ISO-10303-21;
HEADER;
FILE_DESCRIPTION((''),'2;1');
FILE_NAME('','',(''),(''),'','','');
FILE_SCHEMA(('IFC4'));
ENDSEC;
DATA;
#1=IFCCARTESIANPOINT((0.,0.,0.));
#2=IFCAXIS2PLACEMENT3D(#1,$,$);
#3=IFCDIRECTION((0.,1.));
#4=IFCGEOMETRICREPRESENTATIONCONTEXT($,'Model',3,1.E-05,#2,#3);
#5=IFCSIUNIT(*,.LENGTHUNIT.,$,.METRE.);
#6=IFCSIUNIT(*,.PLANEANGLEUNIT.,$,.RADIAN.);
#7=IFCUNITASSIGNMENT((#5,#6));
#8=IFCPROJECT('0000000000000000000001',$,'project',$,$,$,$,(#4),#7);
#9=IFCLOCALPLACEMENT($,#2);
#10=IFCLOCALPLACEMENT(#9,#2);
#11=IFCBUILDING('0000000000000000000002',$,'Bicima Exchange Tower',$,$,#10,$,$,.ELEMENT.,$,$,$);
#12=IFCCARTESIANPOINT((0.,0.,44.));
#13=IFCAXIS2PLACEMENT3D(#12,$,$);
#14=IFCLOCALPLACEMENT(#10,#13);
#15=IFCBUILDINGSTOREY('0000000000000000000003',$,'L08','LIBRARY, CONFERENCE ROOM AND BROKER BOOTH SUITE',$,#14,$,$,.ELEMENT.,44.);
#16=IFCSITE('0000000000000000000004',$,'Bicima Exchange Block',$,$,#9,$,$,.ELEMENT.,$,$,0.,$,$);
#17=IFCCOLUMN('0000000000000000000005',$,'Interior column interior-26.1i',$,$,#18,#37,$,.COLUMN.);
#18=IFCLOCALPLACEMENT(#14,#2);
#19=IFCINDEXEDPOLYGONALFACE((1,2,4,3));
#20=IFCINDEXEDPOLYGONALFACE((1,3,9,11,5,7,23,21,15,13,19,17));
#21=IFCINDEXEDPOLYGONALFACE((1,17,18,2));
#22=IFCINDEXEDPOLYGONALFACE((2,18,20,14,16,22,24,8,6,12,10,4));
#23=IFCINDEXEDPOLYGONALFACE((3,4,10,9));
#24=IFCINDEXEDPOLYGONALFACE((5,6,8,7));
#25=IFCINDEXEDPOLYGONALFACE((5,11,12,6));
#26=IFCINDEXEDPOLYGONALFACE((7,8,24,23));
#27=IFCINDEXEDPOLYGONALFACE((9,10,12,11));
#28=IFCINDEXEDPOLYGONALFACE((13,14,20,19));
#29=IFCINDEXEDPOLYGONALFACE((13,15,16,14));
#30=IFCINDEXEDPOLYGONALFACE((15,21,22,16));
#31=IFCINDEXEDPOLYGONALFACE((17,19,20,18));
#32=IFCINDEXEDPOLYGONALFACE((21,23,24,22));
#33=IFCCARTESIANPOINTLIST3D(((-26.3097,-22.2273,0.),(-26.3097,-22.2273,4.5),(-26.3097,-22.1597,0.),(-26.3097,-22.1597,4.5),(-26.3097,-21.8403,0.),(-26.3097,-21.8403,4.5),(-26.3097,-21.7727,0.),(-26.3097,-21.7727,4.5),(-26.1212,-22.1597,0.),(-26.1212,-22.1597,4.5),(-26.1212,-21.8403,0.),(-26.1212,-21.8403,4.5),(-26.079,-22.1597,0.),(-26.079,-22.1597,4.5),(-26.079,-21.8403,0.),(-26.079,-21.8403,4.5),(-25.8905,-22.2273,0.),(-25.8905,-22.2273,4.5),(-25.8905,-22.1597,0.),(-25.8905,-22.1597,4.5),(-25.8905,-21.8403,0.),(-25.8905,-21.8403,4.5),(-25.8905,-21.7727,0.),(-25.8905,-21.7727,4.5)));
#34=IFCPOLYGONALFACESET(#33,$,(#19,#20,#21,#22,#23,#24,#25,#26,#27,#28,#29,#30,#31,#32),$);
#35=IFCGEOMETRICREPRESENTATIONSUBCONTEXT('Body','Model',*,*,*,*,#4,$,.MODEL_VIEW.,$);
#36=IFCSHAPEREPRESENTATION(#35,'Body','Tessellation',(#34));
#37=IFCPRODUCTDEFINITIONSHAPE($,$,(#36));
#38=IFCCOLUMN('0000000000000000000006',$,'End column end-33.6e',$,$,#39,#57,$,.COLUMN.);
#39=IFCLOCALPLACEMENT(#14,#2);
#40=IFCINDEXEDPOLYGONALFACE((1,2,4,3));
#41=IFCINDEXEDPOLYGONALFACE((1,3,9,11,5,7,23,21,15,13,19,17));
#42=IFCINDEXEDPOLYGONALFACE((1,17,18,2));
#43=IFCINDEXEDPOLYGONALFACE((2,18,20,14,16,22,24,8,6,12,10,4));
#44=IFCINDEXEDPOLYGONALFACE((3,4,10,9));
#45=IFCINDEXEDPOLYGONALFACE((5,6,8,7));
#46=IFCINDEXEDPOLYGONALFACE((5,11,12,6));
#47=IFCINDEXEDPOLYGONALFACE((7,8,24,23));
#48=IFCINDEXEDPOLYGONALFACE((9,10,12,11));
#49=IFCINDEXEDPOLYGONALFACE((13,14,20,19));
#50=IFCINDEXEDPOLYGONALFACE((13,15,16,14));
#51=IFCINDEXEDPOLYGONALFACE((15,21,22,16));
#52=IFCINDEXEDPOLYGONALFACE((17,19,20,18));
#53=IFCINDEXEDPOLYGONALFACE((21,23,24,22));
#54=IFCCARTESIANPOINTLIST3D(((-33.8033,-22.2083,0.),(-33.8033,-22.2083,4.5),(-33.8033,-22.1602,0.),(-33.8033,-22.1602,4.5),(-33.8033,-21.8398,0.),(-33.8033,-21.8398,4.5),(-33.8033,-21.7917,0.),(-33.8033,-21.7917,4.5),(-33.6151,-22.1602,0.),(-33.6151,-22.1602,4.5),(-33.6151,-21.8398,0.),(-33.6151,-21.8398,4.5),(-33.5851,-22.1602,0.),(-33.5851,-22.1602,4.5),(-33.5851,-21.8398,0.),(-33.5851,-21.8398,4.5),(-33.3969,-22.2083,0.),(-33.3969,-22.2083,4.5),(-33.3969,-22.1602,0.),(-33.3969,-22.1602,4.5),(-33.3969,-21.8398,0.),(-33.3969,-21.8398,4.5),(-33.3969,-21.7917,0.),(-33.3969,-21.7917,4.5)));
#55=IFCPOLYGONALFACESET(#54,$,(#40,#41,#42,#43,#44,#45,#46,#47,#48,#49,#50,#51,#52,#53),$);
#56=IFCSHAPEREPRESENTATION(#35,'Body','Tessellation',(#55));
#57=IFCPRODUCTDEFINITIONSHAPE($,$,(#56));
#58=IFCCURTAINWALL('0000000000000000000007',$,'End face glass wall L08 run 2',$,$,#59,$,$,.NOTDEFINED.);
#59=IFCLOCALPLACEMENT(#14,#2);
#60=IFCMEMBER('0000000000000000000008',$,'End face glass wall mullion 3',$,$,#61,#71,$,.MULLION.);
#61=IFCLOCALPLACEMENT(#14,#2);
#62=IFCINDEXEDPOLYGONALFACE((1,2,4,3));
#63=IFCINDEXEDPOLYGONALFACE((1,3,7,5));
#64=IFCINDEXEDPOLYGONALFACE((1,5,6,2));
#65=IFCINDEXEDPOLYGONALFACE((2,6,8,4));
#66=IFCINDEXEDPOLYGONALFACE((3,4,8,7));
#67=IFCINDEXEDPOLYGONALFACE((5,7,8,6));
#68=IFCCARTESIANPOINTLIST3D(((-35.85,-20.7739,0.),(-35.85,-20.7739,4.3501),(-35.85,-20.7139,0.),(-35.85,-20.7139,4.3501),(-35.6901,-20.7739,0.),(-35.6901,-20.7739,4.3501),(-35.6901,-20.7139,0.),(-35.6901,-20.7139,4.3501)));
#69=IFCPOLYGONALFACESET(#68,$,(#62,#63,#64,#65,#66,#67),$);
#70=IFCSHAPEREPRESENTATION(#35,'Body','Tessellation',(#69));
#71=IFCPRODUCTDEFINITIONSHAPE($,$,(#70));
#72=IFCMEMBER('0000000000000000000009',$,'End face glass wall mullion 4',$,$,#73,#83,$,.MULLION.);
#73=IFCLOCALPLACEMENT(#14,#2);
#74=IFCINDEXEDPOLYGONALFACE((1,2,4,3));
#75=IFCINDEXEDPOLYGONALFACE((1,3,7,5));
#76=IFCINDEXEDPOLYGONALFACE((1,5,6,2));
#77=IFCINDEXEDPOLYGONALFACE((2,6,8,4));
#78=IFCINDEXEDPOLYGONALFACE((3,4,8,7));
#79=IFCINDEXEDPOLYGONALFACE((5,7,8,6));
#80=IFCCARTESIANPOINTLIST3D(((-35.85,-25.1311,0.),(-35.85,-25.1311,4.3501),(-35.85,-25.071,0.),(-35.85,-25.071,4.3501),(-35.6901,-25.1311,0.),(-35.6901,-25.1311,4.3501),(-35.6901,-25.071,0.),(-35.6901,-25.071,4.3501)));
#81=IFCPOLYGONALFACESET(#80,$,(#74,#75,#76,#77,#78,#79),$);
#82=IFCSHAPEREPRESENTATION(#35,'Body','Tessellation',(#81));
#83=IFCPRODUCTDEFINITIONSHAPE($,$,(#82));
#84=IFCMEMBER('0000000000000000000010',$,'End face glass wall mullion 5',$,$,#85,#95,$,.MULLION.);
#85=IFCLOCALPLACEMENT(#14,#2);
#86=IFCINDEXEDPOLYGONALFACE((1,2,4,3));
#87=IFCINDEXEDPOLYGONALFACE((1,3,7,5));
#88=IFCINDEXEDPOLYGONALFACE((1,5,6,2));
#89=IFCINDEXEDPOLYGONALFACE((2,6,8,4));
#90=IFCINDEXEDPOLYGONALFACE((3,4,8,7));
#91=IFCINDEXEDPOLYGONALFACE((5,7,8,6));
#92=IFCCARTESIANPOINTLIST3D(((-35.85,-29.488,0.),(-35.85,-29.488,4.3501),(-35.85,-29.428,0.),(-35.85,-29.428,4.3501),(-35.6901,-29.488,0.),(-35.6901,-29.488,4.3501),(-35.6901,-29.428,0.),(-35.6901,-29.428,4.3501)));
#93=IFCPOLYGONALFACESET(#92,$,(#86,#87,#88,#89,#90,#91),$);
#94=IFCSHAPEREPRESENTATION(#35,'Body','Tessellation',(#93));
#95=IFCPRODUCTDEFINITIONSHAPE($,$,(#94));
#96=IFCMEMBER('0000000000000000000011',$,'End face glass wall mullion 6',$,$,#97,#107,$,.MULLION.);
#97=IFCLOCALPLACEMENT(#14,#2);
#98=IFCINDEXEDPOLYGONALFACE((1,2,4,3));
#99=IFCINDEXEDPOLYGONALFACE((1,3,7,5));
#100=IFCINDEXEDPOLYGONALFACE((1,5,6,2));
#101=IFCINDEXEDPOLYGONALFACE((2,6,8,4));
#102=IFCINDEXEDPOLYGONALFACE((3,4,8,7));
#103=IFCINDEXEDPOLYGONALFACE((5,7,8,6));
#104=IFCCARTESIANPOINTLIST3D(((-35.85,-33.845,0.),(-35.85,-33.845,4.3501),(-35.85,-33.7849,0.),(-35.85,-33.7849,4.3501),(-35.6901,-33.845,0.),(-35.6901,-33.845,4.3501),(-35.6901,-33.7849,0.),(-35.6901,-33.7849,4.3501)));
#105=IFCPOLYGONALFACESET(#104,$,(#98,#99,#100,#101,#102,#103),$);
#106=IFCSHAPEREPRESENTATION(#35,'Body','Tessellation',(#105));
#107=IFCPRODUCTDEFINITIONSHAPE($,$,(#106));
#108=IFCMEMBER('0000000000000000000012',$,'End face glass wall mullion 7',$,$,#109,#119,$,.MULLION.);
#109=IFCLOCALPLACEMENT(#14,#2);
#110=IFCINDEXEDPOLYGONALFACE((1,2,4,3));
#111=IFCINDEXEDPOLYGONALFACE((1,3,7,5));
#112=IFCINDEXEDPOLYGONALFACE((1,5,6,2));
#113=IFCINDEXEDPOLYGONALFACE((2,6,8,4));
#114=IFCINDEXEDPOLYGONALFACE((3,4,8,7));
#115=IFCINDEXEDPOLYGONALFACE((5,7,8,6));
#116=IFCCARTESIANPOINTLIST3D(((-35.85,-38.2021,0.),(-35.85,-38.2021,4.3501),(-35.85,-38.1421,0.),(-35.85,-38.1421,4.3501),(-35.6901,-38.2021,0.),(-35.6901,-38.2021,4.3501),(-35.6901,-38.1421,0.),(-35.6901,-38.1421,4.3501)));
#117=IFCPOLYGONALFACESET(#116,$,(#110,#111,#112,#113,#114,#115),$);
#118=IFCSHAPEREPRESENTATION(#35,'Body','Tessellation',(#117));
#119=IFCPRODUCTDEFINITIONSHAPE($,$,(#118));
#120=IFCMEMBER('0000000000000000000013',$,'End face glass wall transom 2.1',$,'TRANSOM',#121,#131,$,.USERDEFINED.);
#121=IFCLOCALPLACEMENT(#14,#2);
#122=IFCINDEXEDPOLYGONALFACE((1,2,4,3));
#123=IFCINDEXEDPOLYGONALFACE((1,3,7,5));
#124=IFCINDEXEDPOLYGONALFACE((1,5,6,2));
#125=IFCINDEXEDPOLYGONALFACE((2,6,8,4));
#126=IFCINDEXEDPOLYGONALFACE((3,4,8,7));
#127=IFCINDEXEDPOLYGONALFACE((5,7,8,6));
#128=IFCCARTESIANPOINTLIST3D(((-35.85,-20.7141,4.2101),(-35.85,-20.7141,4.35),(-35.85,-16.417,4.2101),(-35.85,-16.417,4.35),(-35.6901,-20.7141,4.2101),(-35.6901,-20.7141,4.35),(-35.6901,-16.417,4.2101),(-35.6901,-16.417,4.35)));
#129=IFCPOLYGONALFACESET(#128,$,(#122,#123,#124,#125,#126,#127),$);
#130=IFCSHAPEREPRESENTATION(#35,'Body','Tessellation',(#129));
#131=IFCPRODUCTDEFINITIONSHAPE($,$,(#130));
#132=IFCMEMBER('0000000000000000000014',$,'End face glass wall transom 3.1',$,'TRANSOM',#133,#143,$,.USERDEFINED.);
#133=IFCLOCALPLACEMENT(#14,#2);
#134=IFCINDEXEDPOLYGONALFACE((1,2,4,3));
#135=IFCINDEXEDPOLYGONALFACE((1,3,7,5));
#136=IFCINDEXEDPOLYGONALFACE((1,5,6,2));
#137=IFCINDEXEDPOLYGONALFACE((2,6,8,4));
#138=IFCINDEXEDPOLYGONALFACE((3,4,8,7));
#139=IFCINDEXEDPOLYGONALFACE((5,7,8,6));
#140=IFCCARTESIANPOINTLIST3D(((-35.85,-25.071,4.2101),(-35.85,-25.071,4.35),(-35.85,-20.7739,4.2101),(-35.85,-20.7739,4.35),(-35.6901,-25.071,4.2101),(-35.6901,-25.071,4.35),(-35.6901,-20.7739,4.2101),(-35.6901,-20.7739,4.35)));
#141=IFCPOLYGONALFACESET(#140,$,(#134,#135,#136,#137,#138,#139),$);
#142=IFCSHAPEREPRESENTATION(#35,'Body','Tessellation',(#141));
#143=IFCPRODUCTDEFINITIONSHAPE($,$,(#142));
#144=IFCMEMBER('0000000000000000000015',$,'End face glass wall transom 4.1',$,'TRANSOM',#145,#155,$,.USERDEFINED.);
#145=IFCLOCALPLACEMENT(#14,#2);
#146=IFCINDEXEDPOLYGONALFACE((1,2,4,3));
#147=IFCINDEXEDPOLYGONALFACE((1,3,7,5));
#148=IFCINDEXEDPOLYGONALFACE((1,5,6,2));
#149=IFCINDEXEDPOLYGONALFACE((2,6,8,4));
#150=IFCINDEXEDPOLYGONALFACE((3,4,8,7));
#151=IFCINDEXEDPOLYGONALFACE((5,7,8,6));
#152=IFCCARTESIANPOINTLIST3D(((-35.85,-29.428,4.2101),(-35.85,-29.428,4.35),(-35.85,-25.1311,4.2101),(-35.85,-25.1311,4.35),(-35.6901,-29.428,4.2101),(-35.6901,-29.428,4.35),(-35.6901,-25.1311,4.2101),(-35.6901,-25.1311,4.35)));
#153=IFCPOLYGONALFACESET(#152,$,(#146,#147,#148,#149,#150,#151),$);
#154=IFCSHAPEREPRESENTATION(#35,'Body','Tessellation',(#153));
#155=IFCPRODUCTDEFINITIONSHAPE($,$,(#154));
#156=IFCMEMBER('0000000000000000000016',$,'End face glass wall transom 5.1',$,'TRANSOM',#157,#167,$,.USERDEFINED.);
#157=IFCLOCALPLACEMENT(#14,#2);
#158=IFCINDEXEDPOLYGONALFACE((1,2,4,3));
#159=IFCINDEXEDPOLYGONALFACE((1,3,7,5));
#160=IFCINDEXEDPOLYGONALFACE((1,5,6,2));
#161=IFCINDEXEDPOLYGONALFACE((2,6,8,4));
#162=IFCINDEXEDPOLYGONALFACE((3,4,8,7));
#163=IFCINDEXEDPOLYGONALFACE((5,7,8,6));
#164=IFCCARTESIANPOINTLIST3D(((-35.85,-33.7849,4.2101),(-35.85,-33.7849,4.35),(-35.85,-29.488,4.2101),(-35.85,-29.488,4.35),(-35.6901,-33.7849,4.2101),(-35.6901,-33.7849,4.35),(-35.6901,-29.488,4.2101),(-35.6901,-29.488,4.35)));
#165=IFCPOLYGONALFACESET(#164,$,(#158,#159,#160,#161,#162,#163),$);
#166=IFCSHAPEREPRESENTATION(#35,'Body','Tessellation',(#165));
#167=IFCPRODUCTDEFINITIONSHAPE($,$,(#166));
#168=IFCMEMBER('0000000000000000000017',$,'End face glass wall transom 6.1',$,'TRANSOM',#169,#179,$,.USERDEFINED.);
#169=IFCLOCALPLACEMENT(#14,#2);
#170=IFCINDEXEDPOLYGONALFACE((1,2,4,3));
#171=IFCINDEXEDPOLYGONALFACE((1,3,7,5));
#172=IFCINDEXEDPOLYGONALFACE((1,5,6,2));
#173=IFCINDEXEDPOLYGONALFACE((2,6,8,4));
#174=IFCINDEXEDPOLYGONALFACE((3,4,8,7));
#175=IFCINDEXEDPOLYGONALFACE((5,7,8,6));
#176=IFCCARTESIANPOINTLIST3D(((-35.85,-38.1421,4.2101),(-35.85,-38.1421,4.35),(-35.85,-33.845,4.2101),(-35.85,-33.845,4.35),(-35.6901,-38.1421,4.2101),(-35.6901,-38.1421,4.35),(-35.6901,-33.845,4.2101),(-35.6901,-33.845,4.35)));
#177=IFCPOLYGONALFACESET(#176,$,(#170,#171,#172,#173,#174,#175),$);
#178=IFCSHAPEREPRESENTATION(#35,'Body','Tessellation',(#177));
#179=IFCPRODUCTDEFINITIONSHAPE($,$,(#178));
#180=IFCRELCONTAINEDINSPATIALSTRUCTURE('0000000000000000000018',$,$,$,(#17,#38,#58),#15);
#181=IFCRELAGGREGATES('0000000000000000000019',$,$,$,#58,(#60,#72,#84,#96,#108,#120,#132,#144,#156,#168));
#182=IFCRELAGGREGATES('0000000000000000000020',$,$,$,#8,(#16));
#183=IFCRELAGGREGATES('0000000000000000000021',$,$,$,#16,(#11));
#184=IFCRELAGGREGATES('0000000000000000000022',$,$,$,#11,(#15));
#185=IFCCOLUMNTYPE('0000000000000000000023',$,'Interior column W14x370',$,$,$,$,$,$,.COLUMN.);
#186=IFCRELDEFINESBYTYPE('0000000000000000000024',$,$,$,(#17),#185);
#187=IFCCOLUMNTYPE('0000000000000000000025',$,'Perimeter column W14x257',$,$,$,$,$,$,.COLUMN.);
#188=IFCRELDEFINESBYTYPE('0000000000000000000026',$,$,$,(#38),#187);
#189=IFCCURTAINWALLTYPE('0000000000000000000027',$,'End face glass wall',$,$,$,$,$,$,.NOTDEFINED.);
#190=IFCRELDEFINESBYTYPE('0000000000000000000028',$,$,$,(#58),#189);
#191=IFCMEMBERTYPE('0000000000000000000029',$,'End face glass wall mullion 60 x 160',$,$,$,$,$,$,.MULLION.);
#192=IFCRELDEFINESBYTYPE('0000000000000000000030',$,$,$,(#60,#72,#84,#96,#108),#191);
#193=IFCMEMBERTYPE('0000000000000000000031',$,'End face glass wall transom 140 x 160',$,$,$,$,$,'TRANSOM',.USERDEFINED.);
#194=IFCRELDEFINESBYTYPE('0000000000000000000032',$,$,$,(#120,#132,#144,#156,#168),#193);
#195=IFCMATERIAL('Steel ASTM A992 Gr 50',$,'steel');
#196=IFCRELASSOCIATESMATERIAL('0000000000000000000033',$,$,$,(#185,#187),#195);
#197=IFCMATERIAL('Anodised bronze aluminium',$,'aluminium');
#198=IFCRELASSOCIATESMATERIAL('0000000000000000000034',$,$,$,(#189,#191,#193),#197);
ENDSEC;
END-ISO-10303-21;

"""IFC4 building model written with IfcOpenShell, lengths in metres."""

from ifc_helpers import new_model, si_unit, direction, frame, origin, origin_2d, place, context, subcontext, project, spatial, rectangle, i_section, extrude, material, material_profile, profile_set, type_object, element, aggregate, save


model = new_model("IFC4")

# Units and contexts
model_context = context("Model", 3, precision=1e-05, world=origin(), true_north=direction((0.0, 1.0)))
body_context = subcontext(model_context, "Body", "Model", "MODEL_VIEW")
ifc_project = project(units=[si_unit("LENGTHUNIT", "METRE"), si_unit("PLANEANGLEUNIT", "RADIAN")], contexts=[model_context])

# Site, building, storey
site_placement = place(None, origin())
site = spatial("IfcSite", under=ifc_project, at=site_placement, Name="Bicima Exchange Block", CompositionType="ELEMENT", RefElevation=0.0)
building_placement = place(site_placement, origin())
building = spatial("IfcBuilding", under=site, at=building_placement, Name="Bicima Exchange Tower", CompositionType="ELEMENT")
storey_placement = place(building_placement, frame((0.0, 0.0, 44.0)))
storey = spatial("IfcBuildingStorey", under=building, at=storey_placement, Name="L08", Description="LIBRARY, CONFERENCE ROOM AND BROKER BOOTH SUITE", CompositionType="ELEMENT", Elevation=44.0)

# Columns
ifc_material_1 = material(Name="Steel ASTM A992 Gr 50", Category="steel")
ifc_material_profile_1 = material_profile(ifc_material_1, i_section(OverallWidth=0.4192, OverallDepth=0.4546, WebThickness=0.0422, FlangeThickness=0.0676, at=origin_2d()))
ifc_profile_set_1 = profile_set([ifc_material_profile_1], Name="Steel ASTM A992 Gr 50")
column_type_1 = type_object("IfcColumnType", Name="Interior column W14x370", PredefinedType="COLUMN", material=ifc_profile_set_1)
column_1_placement = place(storey_placement, frame((-26.1001, -22.0, 0.0), z_axis=(0.0, 0.0, 1.0), x_axis=(1.0, 0.0, 0.0)))
element("IfcColumn", 1, at=column_1_placement, inside=storey, type_object=column_type_1, Name="Interior column interior-26.1i", PredefinedType="COLUMN", context=body_context, shape_type="SweptSolid", body=[
    extrude(i_section(OverallWidth=0.4192, OverallDepth=0.4546, WebThickness=0.0422, FlangeThickness=0.0676, at=origin_2d()), origin(), (0.0, 0.0, 1.0), 4.5),
])
ifc_material_profile_2 = material_profile(ifc_material_1, i_section(OverallWidth=0.4065, OverallDepth=0.4165, WebThickness=0.03, FlangeThickness=0.0481, at=origin_2d()))
ifc_profile_set_2 = profile_set([ifc_material_profile_2], Name="Steel ASTM A992 Gr 50")
column_type_2 = type_object("IfcColumnType", Name="Perimeter column W14x257", PredefinedType="COLUMN", material=ifc_profile_set_2)
column_2_placement = place(storey_placement, frame((-33.6001, -22.0, 0.0), z_axis=(0.0, 0.0, 1.0), x_axis=(1.0, 0.0, 0.0)))
element("IfcColumn", 2, at=column_2_placement, inside=storey, type_object=column_type_2, Name="End column end-33.6e", PredefinedType="COLUMN", context=body_context, shape_type="SweptSolid", body=[
    extrude(i_section(OverallWidth=0.4065, OverallDepth=0.4165, WebThickness=0.03, FlangeThickness=0.0481, at=origin_2d()), origin(), (0.0, 0.0, 1.0), 4.5),
])

# Curtain wall, members
ifc_material_2 = material(Name="Anodised bronze aluminium", Category="aluminium")
curtain_wall_type_1 = type_object("IfcCurtainWallType", Name="End face glass wall", PredefinedType="NOTDEFINED", material=ifc_material_2)
curtain_wall_1_placement = place(storey_placement, origin())
curtain_wall_1 = element("IfcCurtainWall", 3, at=curtain_wall_1_placement, inside=storey, type_object=curtain_wall_type_1, Name="End face glass wall L08 run 2", PredefinedType="NOTDEFINED")
ifc_material_profile_3 = material_profile(ifc_material_2, rectangle(XDim=0.1599, YDim=0.0601, at=origin_2d()))
ifc_profile_set_3 = profile_set([ifc_material_profile_3], Name="Anodised bronze aluminium")
member_type_1 = type_object("IfcMemberType", Name="End face glass wall mullion 60 x 160", PredefinedType="MULLION", material=ifc_profile_set_3)
member_1_placement = place(storey_placement, frame((-35.77, -20.7439, 0.0), z_axis=(0.0, 0.0, 1.0), x_axis=(1.0, 0.0, 0.0)))
member_1 = element("IfcMember", 4, at=member_1_placement, type_object=member_type_1, Name="End face glass wall mullion 3", PredefinedType="MULLION", context=body_context, shape_type="SweptSolid", body=[
    extrude(rectangle(XDim=0.1599, YDim=0.0601, at=origin_2d()), origin(), (0.0, 0.0, 1.0), 4.3501),
])
member_2_placement = place(storey_placement, frame((-35.77, -25.1011, 0.0), z_axis=(0.0, 0.0, 1.0), x_axis=(1.0, 0.0, 0.0)))
member_2 = element("IfcMember", 5, at=member_2_placement, type_object=member_type_1, Name="End face glass wall mullion 4", PredefinedType="MULLION", context=body_context, shape_type="SweptSolid", body=[
    extrude(rectangle(XDim=0.1599, YDim=0.0601, at=origin_2d()), origin(), (0.0, 0.0, 1.0), 4.3501),
])
member_3_placement = place(storey_placement, frame((-35.77, -29.458, 0.0), z_axis=(0.0, 0.0, 1.0), x_axis=(1.0, 0.0, 0.0)))
member_3 = element("IfcMember", 6, at=member_3_placement, type_object=member_type_1, Name="End face glass wall mullion 5", PredefinedType="MULLION", context=body_context, shape_type="SweptSolid", body=[
    extrude(rectangle(XDim=0.1599, YDim=0.0601, at=origin_2d()), origin(), (0.0, 0.0, 1.0), 4.3501),
])
member_4_placement = place(storey_placement, frame((-35.77, -33.8149, 0.0), z_axis=(0.0, 0.0, 1.0), x_axis=(1.0, 0.0, 0.0)))
member_4 = element("IfcMember", 7, at=member_4_placement, type_object=member_type_1, Name="End face glass wall mullion 6", PredefinedType="MULLION", context=body_context, shape_type="SweptSolid", body=[
    extrude(rectangle(XDim=0.1599, YDim=0.0601, at=origin_2d()), origin(), (0.0, 0.0, 1.0), 4.3501),
])
member_5_placement = place(storey_placement, frame((-35.77, -38.1721, 0.0), z_axis=(0.0, 0.0, 1.0), x_axis=(1.0, 0.0, 0.0)))
member_5 = element("IfcMember", 8, at=member_5_placement, type_object=member_type_1, Name="End face glass wall mullion 7", PredefinedType="MULLION", context=body_context, shape_type="SweptSolid", body=[
    extrude(rectangle(XDim=0.1599, YDim=0.0601, at=origin_2d()), origin(), (0.0, 0.0, 1.0), 4.3501),
])
ifc_material_profile_4 = material_profile(ifc_material_2, rectangle(XDim=0.1599, YDim=0.1399, at=origin_2d()))
ifc_profile_set_4 = profile_set([ifc_material_profile_4], Name="Anodised bronze aluminium")
member_type_2 = type_object("IfcMemberType", Name="End face glass wall transom 140 x 160", ElementType="TRANSOM", PredefinedType="USERDEFINED", material=ifc_profile_set_4)
member_6_placement = place(storey_placement, frame((-35.77, -16.417, 4.28), z_axis=(0.0, -1.0, 0.0), x_axis=(1.0, 0.0, 0.0)))
member_6 = element("IfcMember", 9, at=member_6_placement, type_object=member_type_2, Name="End face glass wall transom 2.1", ObjectType="TRANSOM", PredefinedType="USERDEFINED", context=body_context, shape_type="SweptSolid", body=[
    extrude(rectangle(XDim=0.1599, YDim=0.1399, at=origin_2d()), origin(), (0.0, 0.0, 1.0), 4.2971),
])
member_7_placement = place(storey_placement, frame((-35.77, -20.7739, 4.28), z_axis=(0.0, -1.0, 0.0), x_axis=(1.0, 0.0, 0.0)))
member_7 = element("IfcMember", 10, at=member_7_placement, type_object=member_type_2, Name="End face glass wall transom 3.1", ObjectType="TRANSOM", PredefinedType="USERDEFINED", context=body_context, shape_type="SweptSolid", body=[
    extrude(rectangle(XDim=0.1599, YDim=0.1399, at=origin_2d()), origin(), (0.0, 0.0, 1.0), 4.2971),
])
member_8_placement = place(storey_placement, frame((-35.77, -25.1311, 4.28), z_axis=(0.0, -1.0, 0.0), x_axis=(1.0, 0.0, 0.0)))
member_8 = element("IfcMember", 11, at=member_8_placement, type_object=member_type_2, Name="End face glass wall transom 4.1", ObjectType="TRANSOM", PredefinedType="USERDEFINED", context=body_context, shape_type="SweptSolid", body=[
    extrude(rectangle(XDim=0.1599, YDim=0.1399, at=origin_2d()), origin(), (0.0, 0.0, 1.0), 4.2969),
])
member_9_placement = place(storey_placement, frame((-35.77, -29.488, 4.28), z_axis=(0.0, -1.0, 0.0), x_axis=(1.0, 0.0, 0.0)))
member_9 = element("IfcMember", 12, at=member_9_placement, type_object=member_type_2, Name="End face glass wall transom 5.1", ObjectType="TRANSOM", PredefinedType="USERDEFINED", context=body_context, shape_type="SweptSolid", body=[
    extrude(rectangle(XDim=0.1599, YDim=0.1399, at=origin_2d()), origin(), (0.0, 0.0, 1.0), 4.2969),
])
member_10_placement = place(storey_placement, frame((-35.77, -33.845, 4.28), z_axis=(0.0, -1.0, 0.0), x_axis=(1.0, 0.0, 0.0)))
member_10 = element("IfcMember", 13, at=member_10_placement, type_object=member_type_2, Name="End face glass wall transom 6.1", ObjectType="TRANSOM", PredefinedType="USERDEFINED", context=body_context, shape_type="SweptSolid", body=[
    extrude(rectangle(XDim=0.1599, YDim=0.1399, at=origin_2d()), origin(), (0.0, 0.0, 1.0), 4.2971),
])

aggregate(curtain_wall_1, [member_1, member_2, member_3, member_4, member_5, member_6, member_7, member_8, member_9, member_10])

save(model, "model.ifc")
